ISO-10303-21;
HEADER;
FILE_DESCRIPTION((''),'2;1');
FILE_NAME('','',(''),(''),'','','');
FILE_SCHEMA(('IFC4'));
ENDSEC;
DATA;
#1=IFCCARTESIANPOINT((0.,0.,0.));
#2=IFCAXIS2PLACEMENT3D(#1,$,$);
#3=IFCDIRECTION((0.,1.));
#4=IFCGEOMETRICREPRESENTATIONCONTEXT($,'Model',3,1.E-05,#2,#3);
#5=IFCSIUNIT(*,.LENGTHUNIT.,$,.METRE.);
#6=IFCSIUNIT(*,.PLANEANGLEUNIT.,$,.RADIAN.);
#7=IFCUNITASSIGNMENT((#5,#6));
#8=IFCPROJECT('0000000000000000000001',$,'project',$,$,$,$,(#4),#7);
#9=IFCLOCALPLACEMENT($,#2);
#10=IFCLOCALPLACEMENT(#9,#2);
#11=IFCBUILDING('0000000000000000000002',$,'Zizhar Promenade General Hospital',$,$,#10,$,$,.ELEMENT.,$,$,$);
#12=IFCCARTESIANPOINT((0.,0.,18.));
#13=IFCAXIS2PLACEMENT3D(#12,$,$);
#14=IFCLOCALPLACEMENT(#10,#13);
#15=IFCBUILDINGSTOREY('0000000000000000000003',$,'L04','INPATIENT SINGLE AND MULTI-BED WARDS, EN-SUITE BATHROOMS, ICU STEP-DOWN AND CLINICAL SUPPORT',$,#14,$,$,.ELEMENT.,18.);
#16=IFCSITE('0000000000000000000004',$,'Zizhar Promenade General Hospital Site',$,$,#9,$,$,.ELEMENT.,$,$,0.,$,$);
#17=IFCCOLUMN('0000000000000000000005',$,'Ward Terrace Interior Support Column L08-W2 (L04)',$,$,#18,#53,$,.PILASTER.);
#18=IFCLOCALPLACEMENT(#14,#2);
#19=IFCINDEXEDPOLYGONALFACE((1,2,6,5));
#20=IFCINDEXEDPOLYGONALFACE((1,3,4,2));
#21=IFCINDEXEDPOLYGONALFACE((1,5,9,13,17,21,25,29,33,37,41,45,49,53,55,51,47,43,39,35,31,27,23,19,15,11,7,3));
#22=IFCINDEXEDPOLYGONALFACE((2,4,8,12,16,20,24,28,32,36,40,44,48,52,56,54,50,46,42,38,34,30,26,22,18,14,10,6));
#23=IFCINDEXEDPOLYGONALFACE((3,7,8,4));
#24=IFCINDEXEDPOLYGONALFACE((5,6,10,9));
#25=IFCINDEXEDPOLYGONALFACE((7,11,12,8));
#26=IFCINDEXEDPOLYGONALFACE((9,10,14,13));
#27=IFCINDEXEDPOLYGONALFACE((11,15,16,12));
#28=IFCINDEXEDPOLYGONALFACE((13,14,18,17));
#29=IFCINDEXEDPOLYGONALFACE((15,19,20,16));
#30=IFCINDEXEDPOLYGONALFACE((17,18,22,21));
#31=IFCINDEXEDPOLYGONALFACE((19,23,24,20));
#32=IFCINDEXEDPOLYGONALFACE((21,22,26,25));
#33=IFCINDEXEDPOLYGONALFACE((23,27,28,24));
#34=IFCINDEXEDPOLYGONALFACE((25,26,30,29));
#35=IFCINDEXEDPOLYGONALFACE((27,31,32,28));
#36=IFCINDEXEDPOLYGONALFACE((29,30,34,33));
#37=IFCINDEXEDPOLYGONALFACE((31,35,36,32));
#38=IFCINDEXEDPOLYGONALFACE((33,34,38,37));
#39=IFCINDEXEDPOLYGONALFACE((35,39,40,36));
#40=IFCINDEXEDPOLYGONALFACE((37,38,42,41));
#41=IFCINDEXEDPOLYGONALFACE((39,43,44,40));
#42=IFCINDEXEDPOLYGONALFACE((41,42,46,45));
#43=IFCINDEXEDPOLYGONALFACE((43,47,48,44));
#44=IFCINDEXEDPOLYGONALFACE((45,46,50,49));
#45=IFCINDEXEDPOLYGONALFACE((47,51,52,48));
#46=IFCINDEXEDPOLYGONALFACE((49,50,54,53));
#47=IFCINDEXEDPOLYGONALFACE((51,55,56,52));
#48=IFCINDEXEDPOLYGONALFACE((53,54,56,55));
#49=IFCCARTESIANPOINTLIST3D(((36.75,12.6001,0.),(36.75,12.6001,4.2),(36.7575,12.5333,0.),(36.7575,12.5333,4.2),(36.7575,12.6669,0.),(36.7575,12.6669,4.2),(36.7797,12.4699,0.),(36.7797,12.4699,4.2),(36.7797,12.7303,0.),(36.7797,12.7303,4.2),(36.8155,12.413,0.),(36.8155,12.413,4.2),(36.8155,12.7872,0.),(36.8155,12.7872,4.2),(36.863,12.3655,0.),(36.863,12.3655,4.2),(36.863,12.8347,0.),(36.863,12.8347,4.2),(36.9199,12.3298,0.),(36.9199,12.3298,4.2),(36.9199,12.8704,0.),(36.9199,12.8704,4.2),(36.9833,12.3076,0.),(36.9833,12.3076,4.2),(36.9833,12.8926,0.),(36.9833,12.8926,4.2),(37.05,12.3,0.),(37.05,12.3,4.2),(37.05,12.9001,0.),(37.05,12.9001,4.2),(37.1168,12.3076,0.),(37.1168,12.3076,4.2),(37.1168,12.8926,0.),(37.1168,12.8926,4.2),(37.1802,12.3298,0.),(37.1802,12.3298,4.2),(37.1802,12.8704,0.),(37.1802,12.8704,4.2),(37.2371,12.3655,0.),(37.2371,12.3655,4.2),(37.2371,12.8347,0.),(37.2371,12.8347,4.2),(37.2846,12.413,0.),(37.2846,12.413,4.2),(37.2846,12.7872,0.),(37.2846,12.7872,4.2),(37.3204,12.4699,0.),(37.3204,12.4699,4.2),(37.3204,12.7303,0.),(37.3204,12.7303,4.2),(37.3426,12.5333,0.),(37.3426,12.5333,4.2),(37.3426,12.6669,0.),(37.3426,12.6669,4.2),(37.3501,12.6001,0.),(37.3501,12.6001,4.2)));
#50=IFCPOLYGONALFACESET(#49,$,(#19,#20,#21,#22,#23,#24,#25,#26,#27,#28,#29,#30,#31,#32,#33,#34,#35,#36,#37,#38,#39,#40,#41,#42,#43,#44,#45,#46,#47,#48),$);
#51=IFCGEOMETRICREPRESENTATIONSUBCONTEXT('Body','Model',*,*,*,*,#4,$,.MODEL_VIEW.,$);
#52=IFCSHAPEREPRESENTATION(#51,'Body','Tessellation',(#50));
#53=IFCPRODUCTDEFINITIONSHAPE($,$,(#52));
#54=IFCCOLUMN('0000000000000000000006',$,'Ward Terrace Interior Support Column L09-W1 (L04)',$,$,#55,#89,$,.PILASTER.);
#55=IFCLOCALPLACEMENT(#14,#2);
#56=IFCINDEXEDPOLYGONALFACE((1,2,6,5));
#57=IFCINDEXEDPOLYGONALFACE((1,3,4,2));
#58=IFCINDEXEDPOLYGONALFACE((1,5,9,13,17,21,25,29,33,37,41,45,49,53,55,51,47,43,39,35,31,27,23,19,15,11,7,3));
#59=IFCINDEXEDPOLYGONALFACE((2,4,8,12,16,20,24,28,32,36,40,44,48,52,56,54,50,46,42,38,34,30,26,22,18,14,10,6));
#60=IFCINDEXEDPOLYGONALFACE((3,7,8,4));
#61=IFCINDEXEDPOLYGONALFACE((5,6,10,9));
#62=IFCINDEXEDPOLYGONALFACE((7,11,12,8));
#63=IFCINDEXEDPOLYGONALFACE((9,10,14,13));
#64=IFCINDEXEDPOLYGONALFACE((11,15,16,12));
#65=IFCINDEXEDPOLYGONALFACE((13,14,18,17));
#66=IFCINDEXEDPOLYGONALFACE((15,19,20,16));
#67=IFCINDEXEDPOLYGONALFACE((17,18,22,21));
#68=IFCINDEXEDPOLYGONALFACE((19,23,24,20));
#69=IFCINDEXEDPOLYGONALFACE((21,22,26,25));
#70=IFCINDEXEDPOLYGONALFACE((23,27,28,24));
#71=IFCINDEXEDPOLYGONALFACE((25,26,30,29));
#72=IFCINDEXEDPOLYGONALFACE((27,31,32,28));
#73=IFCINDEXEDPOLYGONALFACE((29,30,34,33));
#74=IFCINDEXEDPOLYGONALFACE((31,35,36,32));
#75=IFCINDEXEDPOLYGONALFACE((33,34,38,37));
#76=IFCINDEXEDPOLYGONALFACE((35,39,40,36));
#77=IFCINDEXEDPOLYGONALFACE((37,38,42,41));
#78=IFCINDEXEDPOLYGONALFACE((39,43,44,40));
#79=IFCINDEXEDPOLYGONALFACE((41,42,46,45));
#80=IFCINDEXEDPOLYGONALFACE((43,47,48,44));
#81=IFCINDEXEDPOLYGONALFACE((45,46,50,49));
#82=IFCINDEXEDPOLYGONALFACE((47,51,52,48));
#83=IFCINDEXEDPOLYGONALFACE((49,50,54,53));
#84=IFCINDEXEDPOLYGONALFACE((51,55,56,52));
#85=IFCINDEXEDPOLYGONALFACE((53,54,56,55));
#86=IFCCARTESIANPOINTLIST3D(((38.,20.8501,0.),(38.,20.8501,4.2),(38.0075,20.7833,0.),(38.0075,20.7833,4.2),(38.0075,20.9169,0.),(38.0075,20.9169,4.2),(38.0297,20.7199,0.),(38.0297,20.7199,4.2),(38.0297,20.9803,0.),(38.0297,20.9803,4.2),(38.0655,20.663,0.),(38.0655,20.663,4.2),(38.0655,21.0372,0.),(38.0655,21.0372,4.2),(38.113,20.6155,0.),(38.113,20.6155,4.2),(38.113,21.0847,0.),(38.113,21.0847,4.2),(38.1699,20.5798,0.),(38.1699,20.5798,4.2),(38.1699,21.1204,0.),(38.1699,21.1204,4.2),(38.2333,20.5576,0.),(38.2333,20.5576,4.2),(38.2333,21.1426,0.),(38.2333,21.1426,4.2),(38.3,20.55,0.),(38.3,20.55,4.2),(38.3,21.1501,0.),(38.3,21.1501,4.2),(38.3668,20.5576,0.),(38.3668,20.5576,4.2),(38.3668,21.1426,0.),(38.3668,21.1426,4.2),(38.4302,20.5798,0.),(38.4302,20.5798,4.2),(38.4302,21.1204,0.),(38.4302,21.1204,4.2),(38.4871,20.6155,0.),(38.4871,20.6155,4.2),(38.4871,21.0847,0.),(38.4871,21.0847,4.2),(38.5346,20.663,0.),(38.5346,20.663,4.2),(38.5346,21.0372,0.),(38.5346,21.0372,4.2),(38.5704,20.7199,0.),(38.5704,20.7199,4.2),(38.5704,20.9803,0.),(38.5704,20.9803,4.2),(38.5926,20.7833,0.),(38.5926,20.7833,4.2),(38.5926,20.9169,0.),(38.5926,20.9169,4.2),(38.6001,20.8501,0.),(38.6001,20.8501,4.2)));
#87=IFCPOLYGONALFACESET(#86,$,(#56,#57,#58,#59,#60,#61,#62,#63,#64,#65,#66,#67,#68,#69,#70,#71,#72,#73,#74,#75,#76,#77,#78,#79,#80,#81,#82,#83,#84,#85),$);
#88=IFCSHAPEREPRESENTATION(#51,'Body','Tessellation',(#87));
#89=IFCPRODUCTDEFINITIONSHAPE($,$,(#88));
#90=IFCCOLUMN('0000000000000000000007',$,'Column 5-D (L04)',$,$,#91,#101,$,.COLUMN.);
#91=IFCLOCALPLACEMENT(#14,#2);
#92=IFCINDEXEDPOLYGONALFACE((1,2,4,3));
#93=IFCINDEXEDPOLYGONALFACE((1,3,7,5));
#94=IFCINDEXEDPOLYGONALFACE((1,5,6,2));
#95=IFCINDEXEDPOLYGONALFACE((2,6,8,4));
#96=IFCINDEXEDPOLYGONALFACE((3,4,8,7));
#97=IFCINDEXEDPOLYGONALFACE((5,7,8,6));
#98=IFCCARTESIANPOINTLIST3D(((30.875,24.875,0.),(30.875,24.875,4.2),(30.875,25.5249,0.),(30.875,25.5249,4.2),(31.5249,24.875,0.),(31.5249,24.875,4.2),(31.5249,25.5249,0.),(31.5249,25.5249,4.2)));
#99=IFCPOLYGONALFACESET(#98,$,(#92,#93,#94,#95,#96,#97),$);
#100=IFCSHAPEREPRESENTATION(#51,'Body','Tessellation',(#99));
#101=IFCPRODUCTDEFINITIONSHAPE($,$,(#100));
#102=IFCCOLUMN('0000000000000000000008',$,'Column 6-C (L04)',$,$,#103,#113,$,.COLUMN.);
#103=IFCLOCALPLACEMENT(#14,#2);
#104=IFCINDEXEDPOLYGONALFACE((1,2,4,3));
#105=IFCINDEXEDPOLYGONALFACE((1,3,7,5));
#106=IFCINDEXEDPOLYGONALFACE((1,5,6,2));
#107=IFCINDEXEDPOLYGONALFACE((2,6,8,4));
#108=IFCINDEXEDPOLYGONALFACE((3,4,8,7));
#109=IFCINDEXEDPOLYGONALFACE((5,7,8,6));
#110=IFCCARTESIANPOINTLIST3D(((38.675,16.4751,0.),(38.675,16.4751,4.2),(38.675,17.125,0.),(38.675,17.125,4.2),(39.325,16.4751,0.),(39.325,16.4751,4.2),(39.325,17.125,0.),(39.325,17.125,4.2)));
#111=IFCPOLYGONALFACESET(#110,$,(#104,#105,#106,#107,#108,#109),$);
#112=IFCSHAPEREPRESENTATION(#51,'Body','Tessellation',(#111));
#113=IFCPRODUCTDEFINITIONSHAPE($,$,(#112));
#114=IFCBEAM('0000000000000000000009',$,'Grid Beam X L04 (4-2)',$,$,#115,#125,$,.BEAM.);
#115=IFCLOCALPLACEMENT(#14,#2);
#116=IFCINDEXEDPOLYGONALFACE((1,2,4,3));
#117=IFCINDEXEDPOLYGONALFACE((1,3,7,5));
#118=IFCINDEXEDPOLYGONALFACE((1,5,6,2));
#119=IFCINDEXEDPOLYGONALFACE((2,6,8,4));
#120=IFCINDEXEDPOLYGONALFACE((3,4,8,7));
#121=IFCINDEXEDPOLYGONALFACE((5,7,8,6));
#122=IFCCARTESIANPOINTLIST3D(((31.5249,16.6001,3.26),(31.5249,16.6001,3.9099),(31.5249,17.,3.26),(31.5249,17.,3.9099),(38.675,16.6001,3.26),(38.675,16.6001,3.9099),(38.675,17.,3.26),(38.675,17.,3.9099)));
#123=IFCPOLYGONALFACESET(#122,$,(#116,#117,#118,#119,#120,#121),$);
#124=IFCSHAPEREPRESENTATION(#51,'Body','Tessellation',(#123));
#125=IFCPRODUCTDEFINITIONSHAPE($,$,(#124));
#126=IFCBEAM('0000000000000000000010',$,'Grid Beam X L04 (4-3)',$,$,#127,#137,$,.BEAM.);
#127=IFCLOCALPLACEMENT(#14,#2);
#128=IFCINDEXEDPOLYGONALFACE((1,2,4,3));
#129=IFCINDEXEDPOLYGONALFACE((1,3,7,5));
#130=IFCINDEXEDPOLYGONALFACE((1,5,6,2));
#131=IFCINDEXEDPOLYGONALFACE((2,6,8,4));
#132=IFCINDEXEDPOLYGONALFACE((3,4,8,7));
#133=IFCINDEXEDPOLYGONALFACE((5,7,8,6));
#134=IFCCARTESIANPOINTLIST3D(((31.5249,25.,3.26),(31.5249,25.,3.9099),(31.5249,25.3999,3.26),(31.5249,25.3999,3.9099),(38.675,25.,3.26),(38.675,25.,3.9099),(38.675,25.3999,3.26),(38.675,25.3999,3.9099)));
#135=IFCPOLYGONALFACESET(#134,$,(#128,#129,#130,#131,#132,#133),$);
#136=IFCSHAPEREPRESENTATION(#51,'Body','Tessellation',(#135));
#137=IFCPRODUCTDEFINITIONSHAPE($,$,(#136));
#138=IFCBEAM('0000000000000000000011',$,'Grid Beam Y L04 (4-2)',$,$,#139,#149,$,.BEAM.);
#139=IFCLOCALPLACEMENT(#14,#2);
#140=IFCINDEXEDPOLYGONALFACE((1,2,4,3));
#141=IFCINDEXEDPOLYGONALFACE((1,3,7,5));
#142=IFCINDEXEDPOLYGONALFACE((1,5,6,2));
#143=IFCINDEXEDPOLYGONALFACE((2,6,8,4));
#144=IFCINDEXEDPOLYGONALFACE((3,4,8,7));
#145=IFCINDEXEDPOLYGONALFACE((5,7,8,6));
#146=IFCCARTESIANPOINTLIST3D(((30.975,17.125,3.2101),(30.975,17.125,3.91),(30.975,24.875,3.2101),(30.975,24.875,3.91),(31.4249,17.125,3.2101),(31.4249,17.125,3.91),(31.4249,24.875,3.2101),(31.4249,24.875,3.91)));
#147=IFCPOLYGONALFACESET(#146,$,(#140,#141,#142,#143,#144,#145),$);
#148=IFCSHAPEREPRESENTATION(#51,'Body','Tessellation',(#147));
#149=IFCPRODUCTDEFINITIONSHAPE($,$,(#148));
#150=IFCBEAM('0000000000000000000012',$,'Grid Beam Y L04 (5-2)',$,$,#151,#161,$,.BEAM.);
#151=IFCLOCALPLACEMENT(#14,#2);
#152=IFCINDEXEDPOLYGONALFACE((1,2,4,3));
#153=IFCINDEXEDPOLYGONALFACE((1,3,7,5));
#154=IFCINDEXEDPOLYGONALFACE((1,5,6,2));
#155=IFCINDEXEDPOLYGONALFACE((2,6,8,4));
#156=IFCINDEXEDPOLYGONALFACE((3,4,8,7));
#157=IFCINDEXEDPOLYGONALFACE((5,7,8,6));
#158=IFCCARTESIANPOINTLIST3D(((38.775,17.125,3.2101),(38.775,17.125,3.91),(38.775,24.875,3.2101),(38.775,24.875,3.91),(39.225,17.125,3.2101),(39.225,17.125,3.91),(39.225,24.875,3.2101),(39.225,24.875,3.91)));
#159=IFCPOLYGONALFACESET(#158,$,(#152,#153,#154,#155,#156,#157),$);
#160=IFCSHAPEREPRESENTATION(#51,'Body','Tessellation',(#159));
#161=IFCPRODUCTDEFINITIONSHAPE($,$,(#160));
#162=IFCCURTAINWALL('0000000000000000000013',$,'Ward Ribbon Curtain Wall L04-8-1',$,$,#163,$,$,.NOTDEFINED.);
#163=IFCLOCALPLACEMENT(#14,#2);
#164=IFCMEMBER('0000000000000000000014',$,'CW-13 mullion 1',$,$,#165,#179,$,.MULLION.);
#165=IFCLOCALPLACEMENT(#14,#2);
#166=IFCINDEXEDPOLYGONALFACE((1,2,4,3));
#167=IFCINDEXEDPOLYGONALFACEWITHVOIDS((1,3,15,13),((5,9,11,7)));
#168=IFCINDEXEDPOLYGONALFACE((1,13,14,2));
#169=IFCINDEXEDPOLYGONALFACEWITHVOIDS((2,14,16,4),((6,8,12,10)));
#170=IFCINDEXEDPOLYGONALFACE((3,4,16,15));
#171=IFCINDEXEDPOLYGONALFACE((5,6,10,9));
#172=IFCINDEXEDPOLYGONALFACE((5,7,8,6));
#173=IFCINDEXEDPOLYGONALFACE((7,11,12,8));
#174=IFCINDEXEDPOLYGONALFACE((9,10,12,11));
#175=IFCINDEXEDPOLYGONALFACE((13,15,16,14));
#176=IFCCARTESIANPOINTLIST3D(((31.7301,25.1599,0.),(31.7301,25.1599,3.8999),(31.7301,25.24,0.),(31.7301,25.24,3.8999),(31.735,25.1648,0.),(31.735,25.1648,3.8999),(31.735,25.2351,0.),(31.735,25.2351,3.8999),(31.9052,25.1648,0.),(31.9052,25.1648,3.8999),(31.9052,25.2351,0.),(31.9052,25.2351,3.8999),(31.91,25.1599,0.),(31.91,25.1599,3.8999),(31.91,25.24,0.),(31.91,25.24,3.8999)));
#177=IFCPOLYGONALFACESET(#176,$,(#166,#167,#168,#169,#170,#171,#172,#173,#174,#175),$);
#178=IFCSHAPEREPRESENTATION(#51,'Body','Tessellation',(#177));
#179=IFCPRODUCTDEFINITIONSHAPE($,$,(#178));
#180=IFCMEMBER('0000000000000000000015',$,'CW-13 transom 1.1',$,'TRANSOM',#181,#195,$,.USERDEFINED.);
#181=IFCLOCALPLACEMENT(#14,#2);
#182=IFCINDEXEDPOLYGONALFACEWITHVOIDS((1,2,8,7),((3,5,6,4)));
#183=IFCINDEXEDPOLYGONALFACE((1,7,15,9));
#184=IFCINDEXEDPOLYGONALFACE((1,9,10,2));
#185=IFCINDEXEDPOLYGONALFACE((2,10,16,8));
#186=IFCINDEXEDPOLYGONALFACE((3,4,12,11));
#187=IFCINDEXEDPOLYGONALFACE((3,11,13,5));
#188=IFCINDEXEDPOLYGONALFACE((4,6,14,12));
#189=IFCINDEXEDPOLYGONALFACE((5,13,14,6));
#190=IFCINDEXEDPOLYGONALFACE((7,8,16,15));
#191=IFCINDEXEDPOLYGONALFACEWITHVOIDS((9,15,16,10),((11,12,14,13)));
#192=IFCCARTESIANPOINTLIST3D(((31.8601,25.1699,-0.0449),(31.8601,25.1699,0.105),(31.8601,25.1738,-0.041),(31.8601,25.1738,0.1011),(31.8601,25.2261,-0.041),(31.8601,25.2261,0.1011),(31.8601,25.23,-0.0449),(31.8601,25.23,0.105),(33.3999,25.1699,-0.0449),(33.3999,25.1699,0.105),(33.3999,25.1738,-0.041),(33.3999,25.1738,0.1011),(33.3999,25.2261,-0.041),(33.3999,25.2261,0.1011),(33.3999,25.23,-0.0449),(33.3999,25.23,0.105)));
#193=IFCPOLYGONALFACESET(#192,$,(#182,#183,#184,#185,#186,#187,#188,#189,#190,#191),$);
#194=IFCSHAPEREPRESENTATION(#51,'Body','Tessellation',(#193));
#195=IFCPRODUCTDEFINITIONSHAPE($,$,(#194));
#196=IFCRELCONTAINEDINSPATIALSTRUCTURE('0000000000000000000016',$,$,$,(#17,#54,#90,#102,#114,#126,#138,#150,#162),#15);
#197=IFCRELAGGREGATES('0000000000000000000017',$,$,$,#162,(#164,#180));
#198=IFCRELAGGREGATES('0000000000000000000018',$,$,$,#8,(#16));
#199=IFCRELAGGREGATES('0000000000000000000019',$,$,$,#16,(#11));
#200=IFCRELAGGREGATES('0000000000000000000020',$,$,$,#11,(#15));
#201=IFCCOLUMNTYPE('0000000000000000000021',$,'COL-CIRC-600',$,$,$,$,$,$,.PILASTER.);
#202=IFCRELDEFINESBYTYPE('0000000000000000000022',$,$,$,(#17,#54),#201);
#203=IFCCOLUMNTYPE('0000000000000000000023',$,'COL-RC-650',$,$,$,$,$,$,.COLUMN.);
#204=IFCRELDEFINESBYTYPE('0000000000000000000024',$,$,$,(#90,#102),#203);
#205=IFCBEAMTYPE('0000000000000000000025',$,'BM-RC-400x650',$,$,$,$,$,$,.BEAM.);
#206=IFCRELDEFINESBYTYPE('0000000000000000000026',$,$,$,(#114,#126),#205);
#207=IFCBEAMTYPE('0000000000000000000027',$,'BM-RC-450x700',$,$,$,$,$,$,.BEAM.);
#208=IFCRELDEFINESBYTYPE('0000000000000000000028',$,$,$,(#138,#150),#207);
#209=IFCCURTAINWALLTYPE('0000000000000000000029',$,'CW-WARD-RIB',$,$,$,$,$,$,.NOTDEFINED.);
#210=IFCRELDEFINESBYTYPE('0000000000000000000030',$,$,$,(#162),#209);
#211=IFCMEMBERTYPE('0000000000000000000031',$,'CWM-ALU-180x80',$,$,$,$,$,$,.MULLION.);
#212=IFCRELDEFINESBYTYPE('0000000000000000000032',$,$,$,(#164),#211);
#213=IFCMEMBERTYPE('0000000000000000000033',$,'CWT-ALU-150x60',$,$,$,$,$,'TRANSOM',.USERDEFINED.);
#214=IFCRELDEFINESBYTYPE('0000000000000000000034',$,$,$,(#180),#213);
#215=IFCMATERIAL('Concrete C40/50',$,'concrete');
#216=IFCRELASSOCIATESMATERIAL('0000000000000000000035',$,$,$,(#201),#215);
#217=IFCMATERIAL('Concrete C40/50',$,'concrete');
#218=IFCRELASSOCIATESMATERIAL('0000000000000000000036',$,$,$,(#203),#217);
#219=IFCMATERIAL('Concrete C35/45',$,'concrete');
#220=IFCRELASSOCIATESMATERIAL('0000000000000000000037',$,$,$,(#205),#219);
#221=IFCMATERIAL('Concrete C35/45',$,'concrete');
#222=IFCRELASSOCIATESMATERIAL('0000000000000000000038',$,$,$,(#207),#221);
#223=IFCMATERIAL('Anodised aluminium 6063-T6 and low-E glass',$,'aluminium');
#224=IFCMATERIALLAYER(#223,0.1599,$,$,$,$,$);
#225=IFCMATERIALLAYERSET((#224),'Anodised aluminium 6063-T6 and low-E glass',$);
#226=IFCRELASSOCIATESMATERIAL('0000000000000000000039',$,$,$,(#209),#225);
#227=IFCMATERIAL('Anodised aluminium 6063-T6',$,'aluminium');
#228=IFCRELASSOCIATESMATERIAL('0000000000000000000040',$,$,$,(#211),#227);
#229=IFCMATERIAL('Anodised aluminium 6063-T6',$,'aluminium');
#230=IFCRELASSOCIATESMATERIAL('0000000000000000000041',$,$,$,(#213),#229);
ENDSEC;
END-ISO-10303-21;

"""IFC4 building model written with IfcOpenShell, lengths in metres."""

from ifc_helpers import new_model, si_unit, direction, frame, origin, origin_2d, place, context, subcontext, project, spatial, rectangle, hollow_rectangle, circle, extrude, material, layer, layer_set, material_profile, profile_set, type_object, element, aggregate, save


model = new_model("IFC4")

# Units and contexts
model_context = context("Model", 3, precision=1e-05, world=origin(), true_north=direction((0.0, 1.0)))
body_context = subcontext(model_context, "Body", "Model", "MODEL_VIEW")
ifc_project = project(units=[si_unit("LENGTHUNIT", "METRE"), si_unit("PLANEANGLEUNIT", "RADIAN")], contexts=[model_context])

# Site, building, storey
site_placement = place(None, origin())
site = spatial("IfcSite", under=ifc_project, at=site_placement, Name="Zizhar Promenade General Hospital Site", CompositionType="ELEMENT", RefElevation=0.0)
building_placement = place(site_placement, origin())
building = spatial("IfcBuilding", under=site, at=building_placement, Name="Zizhar Promenade General Hospital", CompositionType="ELEMENT")
storey_placement = place(building_placement, frame((0.0, 0.0, 18.0)))
storey = spatial("IfcBuildingStorey", under=building, at=storey_placement, Name="L04", Description="INPATIENT SINGLE AND MULTI-BED WARDS, EN-SUITE BATHROOMS, ICU STEP-DOWN AND CLINICAL SUPPORT", CompositionType="ELEMENT", Elevation=18.0)

# Columns
ifc_material_1 = material(Name="Concrete C40/50", Category="concrete")
ifc_material_profile_1 = material_profile(ifc_material_1, circle(Radius=0.3, at=origin_2d()))
ifc_profile_set_1 = profile_set([ifc_material_profile_1], Name="Concrete C40/50")
column_type_1 = type_object("IfcColumnType", Name="COL-CIRC-600", PredefinedType="PILASTER", material=ifc_profile_set_1)
for number, where, z_axis, x_axis, name in (
    (1, (37.05, 12.6001, 0.0), (0.0, 0.0, 1.0), (1.0, 0.0, 0.0), "Ward Terrace Interior Support Column L08-W2 (L04)"),
    (2, (38.3, 20.8501, 0.0), (0.0, 0.0, 1.0), (1.0, 0.0, 0.0), "Ward Terrace Interior Support Column L09-W1 (L04)"),
):
    element("IfcColumn", number, at=place(storey_placement, frame(where, z_axis=z_axis, x_axis=x_axis)), inside=storey, type_object=column_type_1, Name=name, PredefinedType="PILASTER", context=body_context, shape_type="SweptSolid", body=[
        extrude(circle(Radius=0.3, at=origin_2d()), origin(), (0.0, 0.0, 1.0), 4.2),
    ])
ifc_material_2 = material(Name="Concrete C40/50", Category="concrete")
ifc_material_profile_2 = material_profile(ifc_material_2, rectangle(XDim=0.6499, YDim=0.6499, at=origin_2d()))
ifc_profile_set_2 = profile_set([ifc_material_profile_2], Name="Concrete C40/50")
column_type_2 = type_object("IfcColumnType", Name="COL-RC-650", PredefinedType="COLUMN", material=ifc_profile_set_2)
for number, where, z_axis, x_axis, name in (
    (3, (31.2, 25.2, 0.0), (0.0, 0.0, 1.0), (1.0, 0.0, 0.0), "Column 5-D (L04)"),
    (4, (39.0, 16.8, 0.0), (0.0, 0.0, 1.0), (1.0, 0.0, 0.0), "Column 6-C (L04)"),
):
    element("IfcColumn", number, at=place(storey_placement, frame(where, z_axis=z_axis, x_axis=x_axis)), inside=storey, type_object=column_type_2, Name=name, PredefinedType="COLUMN", context=body_context, shape_type="SweptSolid", body=[
        extrude(rectangle(XDim=0.6499, YDim=0.6499, at=origin_2d()), origin(), (0.0, 0.0, 1.0), 4.2),
    ])

# Beams
ifc_material_3 = material(Name="Concrete C35/45", Category="concrete")
ifc_material_profile_3 = material_profile(ifc_material_3, rectangle(XDim=0.3999, YDim=0.6499, at=origin_2d()))
ifc_profile_set_3 = profile_set([ifc_material_profile_3], Name="Concrete C35/45")
beam_type_1 = type_object("IfcBeamType", Name="BM-RC-400x650", PredefinedType="BEAM", material=ifc_profile_set_3)
for number, where, z_axis, x_axis, name in (
    (5, (31.5249, 16.8, 3.585), (1.0, 0.0, 0.0), (0.0, 1.0, 0.0), "Grid Beam X L04 (4-2)"),
    (6, (31.5249, 25.2, 3.585), (1.0, 0.0, 0.0), (0.0, 1.0, 0.0), "Grid Beam X L04 (4-3)"),
):
    element("IfcBeam", number, at=place(storey_placement, frame(where, z_axis=z_axis, x_axis=x_axis)), inside=storey, type_object=beam_type_1, Name=name, PredefinedType="BEAM", context=body_context, shape_type="SweptSolid", body=[
        extrude(rectangle(XDim=0.3999, YDim=0.6499, at=origin_2d()), origin(), (0.0, 0.0, 1.0), 7.1501),
    ])
ifc_material_4 = material(Name="Concrete C35/45", Category="concrete")
ifc_material_profile_4 = material_profile(ifc_material_4, rectangle(XDim=0.45, YDim=0.7, at=origin_2d()))
ifc_profile_set_4 = profile_set([ifc_material_profile_4], Name="Concrete C35/45")
beam_type_2 = type_object("IfcBeamType", Name="BM-RC-450x700", PredefinedType="BEAM", material=ifc_profile_set_4)
for number, where, z_axis, x_axis, name in (
    (7, (31.2, 17.125, 3.5601), (0.0, 1.0, 0.0), (-1.0, 0.0, 0.0), "Grid Beam Y L04 (4-2)"),
    (8, (39.0, 17.125, 3.5601), (0.0, 1.0, 0.0), (-1.0, 0.0, 0.0), "Grid Beam Y L04 (5-2)"),
):
    element("IfcBeam", number, at=place(storey_placement, frame(where, z_axis=z_axis, x_axis=x_axis)), inside=storey, type_object=beam_type_2, Name=name, PredefinedType="BEAM", context=body_context, shape_type="SweptSolid", body=[
        extrude(rectangle(XDim=0.45, YDim=0.7, at=origin_2d()), origin(), (0.0, 0.0, 1.0), 7.75),
    ])

# Curtain wall, members
ifc_material_5 = material(Name="Anodised aluminium 6063-T6 and low-E glass", Category="aluminium")
ifc_layer_1 = layer(ifc_material_5, 0.1599)
ifc_layer_set_1 = layer_set([ifc_layer_1], Name="Anodised aluminium 6063-T6 and low-E glass")
curtain_wall_type = type_object("IfcCurtainWallType", Name="CW-WARD-RIB", PredefinedType="NOTDEFINED", material=ifc_layer_set_1)
curtain_wall_placement = place(storey_placement, origin())
curtain_wall = element("IfcCurtainWall", 9, at=curtain_wall_placement, inside=storey, type_object=curtain_wall_type, Name="Ward Ribbon Curtain Wall L04-8-1", PredefinedType="NOTDEFINED")
ifc_material_6 = material(Name="Anodised aluminium 6063-T6", Category="aluminium")
ifc_material_profile_5 = material_profile(ifc_material_6, hollow_rectangle(XDim=0.0801, YDim=0.1799, WallThickness=0.0049, at=origin_2d()))
ifc_profile_set_5 = profile_set([ifc_material_profile_5], Name="Anodised aluminium 6063-T6")
member_type_1 = type_object("IfcMemberType", Name="CWM-ALU-180x80", PredefinedType="MULLION", material=ifc_profile_set_5)
member_1_placement = place(storey_placement, frame((31.8201, 25.2, 0.0), z_axis=(0.0, 0.0, 1.0), x_axis=(0.0, 1.0, 0.0)))
member_1 = element("IfcMember", 10, at=member_1_placement, type_object=member_type_1, Name="CW-13 mullion 1", PredefinedType="MULLION", context=body_context, shape_type="SweptSolid", body=[
    extrude(hollow_rectangle(XDim=0.0801, YDim=0.1799, WallThickness=0.0049, at=origin_2d()), origin(), (0.0, 0.0, 1.0), 3.8999),
])
ifc_material_7 = material(Name="Anodised aluminium 6063-T6", Category="aluminium")
ifc_material_profile_6 = material_profile(ifc_material_7, hollow_rectangle(XDim=0.0601, YDim=0.1499, WallThickness=0.0039, at=origin_2d()))
ifc_profile_set_6 = profile_set([ifc_material_profile_6], Name="Anodised aluminium 6063-T6")
member_type_2 = type_object("IfcMemberType", Name="CWT-ALU-150x60", ElementType="TRANSOM", PredefinedType="USERDEFINED", material=ifc_profile_set_6)
member_2_placement = place(storey_placement, frame((31.8601, 25.2, 0.03), z_axis=(1.0, 0.0, 0.0), x_axis=(0.0, 1.0, 0.0)))
member_2 = element("IfcMember", 11, at=member_2_placement, type_object=member_type_2, Name="CW-13 transom 1.1", ObjectType="TRANSOM", PredefinedType="USERDEFINED", context=body_context, shape_type="SweptSolid", body=[
    extrude(hollow_rectangle(XDim=0.0601, YDim=0.1499, WallThickness=0.0039, at=origin_2d()), origin(), (0.0, 0.0, 1.0), 1.5398),
])
aggregate(curtain_wall, [member_1, member_2])

save(model, "model.ifc")
